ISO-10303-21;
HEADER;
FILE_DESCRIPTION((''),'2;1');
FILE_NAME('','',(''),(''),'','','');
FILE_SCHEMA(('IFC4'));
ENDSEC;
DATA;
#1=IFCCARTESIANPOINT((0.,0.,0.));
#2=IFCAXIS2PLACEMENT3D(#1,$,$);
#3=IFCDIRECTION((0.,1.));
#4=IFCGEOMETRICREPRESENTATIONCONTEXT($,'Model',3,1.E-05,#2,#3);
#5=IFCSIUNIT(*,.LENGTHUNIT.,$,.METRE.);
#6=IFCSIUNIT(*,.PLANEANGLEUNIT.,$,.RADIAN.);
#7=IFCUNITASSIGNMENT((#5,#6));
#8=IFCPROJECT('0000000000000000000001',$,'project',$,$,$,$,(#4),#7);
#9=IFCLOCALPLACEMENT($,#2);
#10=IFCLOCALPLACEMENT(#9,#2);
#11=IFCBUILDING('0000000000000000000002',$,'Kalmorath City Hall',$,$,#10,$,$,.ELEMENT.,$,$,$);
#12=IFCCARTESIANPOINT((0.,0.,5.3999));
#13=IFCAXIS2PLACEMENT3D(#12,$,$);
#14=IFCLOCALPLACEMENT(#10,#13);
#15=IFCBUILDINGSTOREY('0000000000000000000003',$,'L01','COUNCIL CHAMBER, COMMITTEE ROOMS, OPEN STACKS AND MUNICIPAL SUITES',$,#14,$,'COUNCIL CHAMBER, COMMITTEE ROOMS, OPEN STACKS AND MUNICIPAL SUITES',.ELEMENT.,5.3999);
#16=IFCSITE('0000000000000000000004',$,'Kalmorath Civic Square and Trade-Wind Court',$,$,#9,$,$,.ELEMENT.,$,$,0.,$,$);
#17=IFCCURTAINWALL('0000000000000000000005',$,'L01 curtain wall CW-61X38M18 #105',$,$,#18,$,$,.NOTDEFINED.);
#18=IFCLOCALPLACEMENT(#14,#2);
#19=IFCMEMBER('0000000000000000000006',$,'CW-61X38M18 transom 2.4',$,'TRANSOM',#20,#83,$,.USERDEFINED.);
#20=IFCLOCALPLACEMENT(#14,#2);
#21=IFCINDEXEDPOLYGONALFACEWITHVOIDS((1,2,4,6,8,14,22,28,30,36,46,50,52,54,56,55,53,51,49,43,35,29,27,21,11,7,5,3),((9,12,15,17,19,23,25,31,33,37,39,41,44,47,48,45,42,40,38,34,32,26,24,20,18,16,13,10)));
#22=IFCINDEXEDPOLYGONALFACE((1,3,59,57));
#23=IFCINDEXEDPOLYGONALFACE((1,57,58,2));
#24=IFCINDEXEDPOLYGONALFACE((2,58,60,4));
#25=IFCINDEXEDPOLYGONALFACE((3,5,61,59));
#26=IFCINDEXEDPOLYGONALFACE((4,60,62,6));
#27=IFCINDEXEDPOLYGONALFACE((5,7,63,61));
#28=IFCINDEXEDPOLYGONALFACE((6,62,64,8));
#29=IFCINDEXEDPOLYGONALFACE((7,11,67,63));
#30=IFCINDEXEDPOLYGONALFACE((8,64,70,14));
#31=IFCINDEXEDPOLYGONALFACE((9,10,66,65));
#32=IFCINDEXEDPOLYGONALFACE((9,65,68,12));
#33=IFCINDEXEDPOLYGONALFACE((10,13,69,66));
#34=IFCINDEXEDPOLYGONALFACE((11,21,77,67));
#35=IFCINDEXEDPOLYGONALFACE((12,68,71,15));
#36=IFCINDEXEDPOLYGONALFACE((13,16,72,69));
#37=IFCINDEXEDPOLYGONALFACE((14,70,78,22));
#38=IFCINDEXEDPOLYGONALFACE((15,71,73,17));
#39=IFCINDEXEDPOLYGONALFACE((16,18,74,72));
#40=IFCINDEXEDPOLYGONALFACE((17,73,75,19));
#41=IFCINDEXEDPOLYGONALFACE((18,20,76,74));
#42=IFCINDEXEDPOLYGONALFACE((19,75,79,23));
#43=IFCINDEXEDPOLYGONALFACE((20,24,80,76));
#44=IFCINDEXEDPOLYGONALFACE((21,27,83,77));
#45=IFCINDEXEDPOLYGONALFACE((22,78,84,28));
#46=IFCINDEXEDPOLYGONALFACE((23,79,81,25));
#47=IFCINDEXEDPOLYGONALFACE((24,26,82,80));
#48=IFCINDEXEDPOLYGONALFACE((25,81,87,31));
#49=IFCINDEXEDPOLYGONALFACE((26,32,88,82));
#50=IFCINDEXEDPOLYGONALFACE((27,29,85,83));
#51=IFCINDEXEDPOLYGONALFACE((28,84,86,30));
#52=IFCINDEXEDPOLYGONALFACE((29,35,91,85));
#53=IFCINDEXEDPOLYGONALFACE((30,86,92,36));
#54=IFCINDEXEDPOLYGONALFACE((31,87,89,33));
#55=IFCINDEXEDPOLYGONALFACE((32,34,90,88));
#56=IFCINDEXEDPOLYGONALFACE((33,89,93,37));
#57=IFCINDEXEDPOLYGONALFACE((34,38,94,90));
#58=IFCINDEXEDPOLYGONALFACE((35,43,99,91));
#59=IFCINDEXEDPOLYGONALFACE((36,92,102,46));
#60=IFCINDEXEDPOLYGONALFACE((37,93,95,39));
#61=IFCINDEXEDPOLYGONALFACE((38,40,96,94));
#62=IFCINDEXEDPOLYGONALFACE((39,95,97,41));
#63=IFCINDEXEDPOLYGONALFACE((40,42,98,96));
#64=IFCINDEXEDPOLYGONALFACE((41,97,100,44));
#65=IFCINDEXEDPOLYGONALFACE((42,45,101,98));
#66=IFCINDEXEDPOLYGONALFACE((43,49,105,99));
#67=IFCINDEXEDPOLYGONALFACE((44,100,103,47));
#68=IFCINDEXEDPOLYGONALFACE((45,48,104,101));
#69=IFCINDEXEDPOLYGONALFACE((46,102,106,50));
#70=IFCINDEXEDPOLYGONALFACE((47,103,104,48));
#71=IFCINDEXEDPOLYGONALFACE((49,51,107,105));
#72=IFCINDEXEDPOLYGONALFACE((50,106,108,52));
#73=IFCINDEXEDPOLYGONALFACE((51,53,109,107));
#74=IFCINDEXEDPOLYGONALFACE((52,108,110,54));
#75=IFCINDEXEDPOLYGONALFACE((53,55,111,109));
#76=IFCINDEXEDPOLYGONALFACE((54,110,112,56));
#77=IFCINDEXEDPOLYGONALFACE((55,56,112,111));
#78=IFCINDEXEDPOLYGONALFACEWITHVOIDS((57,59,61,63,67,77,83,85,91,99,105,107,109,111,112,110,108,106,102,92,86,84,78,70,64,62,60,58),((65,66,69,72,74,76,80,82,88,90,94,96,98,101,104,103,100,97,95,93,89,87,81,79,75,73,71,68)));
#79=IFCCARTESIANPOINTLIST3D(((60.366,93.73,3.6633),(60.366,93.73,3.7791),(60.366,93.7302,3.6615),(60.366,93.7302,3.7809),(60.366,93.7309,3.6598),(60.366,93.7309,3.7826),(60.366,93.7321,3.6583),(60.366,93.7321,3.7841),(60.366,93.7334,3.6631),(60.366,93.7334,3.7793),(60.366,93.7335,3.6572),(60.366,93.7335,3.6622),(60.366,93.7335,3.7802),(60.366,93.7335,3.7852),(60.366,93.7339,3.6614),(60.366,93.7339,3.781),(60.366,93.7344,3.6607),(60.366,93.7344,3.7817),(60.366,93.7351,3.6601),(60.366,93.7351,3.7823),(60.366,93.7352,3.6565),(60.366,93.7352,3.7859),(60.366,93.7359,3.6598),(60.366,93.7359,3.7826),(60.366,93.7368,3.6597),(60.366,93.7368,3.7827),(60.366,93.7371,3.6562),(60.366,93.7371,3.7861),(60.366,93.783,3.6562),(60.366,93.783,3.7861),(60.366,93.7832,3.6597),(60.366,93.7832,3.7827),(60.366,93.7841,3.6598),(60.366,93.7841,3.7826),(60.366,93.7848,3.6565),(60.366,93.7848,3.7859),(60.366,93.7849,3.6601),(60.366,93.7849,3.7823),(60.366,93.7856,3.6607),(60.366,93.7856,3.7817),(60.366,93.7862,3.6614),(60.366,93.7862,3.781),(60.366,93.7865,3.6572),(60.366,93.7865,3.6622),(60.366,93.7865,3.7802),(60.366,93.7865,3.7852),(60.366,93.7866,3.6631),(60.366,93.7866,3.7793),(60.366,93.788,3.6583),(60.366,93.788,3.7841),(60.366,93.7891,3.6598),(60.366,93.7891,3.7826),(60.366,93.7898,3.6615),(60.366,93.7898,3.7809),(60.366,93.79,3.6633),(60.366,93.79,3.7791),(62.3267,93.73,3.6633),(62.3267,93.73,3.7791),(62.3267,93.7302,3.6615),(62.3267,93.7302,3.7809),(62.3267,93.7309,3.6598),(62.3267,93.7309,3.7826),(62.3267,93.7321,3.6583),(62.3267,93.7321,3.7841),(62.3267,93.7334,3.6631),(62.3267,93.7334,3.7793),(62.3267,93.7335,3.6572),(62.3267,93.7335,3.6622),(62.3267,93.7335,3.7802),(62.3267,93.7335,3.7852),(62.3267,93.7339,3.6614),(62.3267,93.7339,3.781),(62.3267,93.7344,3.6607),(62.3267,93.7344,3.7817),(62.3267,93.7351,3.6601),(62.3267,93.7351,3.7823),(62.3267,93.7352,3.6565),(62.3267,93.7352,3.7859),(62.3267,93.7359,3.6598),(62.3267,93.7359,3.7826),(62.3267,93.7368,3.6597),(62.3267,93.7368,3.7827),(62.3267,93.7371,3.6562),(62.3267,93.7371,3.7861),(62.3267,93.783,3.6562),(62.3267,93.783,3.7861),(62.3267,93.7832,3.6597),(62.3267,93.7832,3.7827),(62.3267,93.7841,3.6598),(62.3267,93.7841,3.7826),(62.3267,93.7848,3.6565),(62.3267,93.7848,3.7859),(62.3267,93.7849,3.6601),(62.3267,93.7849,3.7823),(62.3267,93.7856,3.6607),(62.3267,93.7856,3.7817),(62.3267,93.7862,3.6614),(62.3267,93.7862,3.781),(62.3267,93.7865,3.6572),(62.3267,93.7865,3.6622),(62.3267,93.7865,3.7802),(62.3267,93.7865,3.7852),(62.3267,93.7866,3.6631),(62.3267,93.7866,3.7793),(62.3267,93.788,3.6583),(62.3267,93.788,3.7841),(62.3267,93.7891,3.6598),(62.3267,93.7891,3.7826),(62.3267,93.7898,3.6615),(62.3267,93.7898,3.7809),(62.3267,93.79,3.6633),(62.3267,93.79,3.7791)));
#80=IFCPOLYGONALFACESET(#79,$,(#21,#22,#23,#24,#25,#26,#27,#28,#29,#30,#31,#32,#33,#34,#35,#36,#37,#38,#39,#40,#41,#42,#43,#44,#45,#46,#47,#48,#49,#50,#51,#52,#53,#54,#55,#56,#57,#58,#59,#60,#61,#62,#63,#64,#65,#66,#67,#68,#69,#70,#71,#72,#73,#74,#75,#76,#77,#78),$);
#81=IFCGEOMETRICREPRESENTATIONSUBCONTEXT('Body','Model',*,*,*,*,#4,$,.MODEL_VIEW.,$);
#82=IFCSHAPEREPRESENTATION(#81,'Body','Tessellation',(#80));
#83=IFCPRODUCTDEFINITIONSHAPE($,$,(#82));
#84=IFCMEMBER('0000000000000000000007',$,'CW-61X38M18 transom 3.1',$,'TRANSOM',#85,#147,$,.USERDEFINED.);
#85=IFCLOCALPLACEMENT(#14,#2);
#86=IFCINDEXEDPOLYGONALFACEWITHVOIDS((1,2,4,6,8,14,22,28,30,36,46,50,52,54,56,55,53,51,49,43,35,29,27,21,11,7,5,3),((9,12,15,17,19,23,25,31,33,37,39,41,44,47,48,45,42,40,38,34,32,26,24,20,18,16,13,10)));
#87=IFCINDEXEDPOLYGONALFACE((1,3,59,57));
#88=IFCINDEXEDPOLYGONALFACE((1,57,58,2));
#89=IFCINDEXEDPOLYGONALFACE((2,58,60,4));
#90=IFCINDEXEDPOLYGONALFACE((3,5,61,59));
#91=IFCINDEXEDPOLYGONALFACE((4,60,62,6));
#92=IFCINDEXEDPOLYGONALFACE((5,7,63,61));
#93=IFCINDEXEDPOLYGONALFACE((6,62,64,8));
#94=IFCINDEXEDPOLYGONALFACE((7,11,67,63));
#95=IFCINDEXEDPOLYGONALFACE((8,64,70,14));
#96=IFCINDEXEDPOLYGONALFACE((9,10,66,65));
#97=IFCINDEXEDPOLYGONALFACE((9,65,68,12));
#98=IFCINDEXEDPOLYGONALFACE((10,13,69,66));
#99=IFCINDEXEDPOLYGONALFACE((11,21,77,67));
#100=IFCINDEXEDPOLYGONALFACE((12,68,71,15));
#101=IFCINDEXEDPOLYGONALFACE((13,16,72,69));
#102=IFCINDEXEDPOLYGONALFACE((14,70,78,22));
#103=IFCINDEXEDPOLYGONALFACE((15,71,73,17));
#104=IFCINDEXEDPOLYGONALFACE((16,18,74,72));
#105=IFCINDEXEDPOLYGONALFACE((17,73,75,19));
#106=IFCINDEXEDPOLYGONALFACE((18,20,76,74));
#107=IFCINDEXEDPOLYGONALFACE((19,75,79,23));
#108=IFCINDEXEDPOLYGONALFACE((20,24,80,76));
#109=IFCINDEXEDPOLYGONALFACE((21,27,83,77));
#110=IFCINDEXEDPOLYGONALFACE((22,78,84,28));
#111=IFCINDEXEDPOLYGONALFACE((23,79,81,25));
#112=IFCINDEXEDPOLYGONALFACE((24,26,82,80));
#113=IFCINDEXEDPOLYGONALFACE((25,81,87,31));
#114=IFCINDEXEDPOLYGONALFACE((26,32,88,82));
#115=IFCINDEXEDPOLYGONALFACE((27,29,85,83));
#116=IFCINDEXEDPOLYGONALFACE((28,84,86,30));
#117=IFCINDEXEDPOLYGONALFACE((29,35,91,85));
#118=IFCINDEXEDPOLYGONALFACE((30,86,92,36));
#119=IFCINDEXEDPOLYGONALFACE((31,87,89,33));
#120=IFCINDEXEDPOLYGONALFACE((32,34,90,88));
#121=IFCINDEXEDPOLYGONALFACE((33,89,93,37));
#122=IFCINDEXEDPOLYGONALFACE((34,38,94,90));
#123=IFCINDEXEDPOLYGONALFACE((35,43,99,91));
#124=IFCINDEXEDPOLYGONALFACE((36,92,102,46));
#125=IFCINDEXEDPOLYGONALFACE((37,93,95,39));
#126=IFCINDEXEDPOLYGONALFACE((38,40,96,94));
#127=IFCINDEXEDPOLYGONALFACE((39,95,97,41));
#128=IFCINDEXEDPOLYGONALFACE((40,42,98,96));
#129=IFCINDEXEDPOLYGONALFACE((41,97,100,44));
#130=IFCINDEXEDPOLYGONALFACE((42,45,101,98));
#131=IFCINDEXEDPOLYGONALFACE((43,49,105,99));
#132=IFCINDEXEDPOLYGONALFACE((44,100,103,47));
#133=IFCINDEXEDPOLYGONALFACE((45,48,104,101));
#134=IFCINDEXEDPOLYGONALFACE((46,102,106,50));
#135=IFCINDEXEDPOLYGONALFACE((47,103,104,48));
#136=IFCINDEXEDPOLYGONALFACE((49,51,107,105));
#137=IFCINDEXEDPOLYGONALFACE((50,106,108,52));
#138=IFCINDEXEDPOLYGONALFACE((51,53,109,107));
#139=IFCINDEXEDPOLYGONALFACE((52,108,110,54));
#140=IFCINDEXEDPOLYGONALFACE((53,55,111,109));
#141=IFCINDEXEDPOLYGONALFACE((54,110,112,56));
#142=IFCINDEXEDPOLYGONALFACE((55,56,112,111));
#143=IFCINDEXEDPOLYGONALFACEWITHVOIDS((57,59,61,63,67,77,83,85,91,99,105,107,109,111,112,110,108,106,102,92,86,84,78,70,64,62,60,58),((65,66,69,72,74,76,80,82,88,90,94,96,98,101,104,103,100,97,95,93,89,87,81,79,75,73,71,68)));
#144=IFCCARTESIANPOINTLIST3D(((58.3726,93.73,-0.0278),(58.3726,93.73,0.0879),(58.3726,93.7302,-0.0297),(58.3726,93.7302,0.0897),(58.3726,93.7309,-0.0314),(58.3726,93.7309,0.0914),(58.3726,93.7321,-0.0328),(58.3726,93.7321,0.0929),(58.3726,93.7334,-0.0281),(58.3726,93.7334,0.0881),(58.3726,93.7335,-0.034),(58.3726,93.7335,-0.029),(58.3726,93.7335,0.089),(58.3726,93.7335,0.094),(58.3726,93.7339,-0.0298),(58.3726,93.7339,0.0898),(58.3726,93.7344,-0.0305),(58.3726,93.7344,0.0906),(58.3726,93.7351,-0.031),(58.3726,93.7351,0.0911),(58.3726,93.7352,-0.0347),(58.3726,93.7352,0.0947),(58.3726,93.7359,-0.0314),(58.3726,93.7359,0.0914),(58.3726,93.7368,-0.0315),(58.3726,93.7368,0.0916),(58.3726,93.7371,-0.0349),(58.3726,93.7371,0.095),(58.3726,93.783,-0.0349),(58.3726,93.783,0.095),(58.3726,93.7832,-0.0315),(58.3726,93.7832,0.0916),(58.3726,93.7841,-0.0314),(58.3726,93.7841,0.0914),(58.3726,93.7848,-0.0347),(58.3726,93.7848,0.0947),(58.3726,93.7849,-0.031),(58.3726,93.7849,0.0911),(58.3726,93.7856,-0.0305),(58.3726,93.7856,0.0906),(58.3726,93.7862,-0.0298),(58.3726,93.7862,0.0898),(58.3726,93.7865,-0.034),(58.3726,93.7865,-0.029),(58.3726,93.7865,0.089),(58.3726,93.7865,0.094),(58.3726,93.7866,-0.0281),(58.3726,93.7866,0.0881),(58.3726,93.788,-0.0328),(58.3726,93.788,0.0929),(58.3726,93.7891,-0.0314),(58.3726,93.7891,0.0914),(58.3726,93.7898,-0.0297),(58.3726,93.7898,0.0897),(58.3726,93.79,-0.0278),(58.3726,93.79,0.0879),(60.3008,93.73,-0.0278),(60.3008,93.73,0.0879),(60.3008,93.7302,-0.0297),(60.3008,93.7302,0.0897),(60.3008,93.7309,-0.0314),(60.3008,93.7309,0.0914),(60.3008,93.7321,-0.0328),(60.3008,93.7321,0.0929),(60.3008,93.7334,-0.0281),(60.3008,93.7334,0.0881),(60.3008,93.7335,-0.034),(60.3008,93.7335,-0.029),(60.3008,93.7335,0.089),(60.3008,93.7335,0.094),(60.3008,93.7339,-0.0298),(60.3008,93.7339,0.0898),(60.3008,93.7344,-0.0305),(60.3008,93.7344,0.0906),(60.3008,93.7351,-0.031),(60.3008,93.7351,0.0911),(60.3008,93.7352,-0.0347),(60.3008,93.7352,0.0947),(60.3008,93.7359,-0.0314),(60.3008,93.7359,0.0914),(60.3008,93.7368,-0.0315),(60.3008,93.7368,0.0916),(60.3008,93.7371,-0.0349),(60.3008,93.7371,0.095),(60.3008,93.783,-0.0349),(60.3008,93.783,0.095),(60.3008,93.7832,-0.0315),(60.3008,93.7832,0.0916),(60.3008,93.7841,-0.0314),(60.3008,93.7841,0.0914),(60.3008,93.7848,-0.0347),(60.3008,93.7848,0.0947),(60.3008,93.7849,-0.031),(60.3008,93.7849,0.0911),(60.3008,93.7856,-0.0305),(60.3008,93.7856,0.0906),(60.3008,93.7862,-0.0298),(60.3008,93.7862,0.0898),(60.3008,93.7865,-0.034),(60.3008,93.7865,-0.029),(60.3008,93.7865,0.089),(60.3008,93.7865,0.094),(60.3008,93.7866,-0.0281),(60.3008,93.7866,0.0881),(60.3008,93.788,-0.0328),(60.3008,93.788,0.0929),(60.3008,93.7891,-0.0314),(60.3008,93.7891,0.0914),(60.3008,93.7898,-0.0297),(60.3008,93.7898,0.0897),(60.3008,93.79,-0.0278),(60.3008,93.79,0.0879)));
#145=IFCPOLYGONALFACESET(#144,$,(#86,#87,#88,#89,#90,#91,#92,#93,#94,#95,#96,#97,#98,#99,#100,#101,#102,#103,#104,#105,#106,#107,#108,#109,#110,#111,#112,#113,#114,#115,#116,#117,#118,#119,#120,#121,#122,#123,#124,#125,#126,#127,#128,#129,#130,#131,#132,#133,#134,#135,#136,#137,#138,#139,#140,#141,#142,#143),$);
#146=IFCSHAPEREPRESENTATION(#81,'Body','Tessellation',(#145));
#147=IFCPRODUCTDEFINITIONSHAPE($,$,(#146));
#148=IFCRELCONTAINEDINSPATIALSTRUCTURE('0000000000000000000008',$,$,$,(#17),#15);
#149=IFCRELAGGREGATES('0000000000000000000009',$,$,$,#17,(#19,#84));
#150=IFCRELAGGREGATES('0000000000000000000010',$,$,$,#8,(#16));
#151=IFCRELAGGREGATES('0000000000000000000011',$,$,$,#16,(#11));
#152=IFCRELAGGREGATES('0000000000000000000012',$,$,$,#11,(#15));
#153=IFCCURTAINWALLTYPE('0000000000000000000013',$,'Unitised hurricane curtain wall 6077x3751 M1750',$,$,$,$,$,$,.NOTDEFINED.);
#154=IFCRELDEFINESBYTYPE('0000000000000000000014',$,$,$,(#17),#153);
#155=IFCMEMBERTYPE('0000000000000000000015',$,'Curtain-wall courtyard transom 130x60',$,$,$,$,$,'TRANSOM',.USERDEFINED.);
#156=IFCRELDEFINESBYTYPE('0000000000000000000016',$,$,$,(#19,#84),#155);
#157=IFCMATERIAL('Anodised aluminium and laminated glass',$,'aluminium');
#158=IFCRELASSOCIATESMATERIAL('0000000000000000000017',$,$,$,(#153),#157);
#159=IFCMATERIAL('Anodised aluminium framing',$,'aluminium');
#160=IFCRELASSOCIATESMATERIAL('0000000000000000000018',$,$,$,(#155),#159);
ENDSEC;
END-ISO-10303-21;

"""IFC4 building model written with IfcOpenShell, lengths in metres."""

from ifc_helpers import new_model, si_unit, direction, frame, origin, origin_2d, place, context, subcontext, project, spatial, hollow_rectangle, extrude, material, material_profile, profile_set, type_object, element, aggregate, save


model = new_model("IFC4")

# Units and contexts
model_context = context("Model", 3, precision=1e-05, world=origin(), true_north=direction((0.0, 1.0)))
body_context = subcontext(model_context, "Body", "Model", "MODEL_VIEW")
ifc_project = project(units=[si_unit("LENGTHUNIT", "METRE"), si_unit("PLANEANGLEUNIT", "RADIAN")], contexts=[model_context])

# Site, building, storey
site_placement = place(None, origin())
site = spatial("IfcSite", under=ifc_project, at=site_placement, Name="Kalmorath Civic Square and Trade-Wind Court", CompositionType="ELEMENT", RefElevation=0.0)
building_placement = place(site_placement, origin())
building = spatial("IfcBuilding", under=site, at=building_placement, Name="Kalmorath City Hall", CompositionType="ELEMENT")
storey_placement = place(building_placement, frame((0.0, 0.0, 5.3999)))
storey = spatial("IfcBuildingStorey", under=building, at=storey_placement, Name="L01", Description="COUNCIL CHAMBER, COMMITTEE ROOMS, OPEN STACKS AND MUNICIPAL SUITES", LongName="COUNCIL CHAMBER, COMMITTEE ROOMS, OPEN STACKS AND MUNICIPAL SUITES", CompositionType="ELEMENT", Elevation=5.3999)

# Curtain wall, members
ifc_material_1 = material(Name="Anodised aluminium and laminated glass", Category="aluminium")
curtain_wall_type = type_object("IfcCurtainWallType", Name="Unitised hurricane curtain wall 6077x3751 M1750", PredefinedType="NOTDEFINED", material=ifc_material_1)
curtain_wall_placement = place(storey_placement, origin())
curtain_wall = element("IfcCurtainWall", 1, at=curtain_wall_placement, inside=storey, type_object=curtain_wall_type, Name="L01 curtain wall CW-61X38M18 #105", PredefinedType="NOTDEFINED")
ifc_material_2 = material(Name="Anodised aluminium framing", Category="aluminium")
ifc_material_profile_1 = material_profile(ifc_material_2, hollow_rectangle(XDim=0.0601, YDim=0.1299, WallThickness=0.0034, InnerFilletRadius=0.0034, OuterFilletRadius=0.0071, at=origin_2d()), Name="ALU-TRN-130X60X3.5")
ifc_profile_set_1 = profile_set([ifc_material_profile_1], Name="Anodised aluminium framing")
member_type_1 = type_object("IfcMemberType", Name="Curtain-wall courtyard transom 130x60", ElementType="TRANSOM", PredefinedType="USERDEFINED", material=ifc_profile_set_1)
member_1_placement = place(storey_placement, frame((62.3267, 93.76, 3.7212), z_axis=(-1.0, 0.0, 0.0), x_axis=(0.0, -1.0, 0.0)))
member_1 = element("IfcMember", 2, at=member_1_placement, type_object=member_type_1, Name="CW-61X38M18 transom 2.4", ObjectType="TRANSOM", PredefinedType="USERDEFINED", context=body_context, shape_type="SweptSolid", body=[
    extrude(hollow_rectangle(XDim=0.0601, YDim=0.1299, WallThickness=0.0034, InnerFilletRadius=0.0034, OuterFilletRadius=0.0071, at=origin_2d()), origin(), (0.0, 0.0, 1.0), 1.9607),
])
member_2_placement = place(storey_placement, frame((60.3008, 93.76, 0.03), z_axis=(-1.0, 0.0, 0.0), x_axis=(0.0, -1.0, 0.0)))
member_2 = element("IfcMember", 3, at=member_2_placement, type_object=member_type_1, Name="CW-61X38M18 transom 3.1", ObjectType="TRANSOM", PredefinedType="USERDEFINED", context=body_context, shape_type="SweptSolid", body=[
    extrude(hollow_rectangle(XDim=0.0601, YDim=0.1299, WallThickness=0.0034, InnerFilletRadius=0.0034, OuterFilletRadius=0.0071, at=origin_2d()), origin(), (0.0, 0.0, 1.0), 1.9282),
])
aggregate(curtain_wall, [member_1, member_2])

save(model, "model.ifc")
